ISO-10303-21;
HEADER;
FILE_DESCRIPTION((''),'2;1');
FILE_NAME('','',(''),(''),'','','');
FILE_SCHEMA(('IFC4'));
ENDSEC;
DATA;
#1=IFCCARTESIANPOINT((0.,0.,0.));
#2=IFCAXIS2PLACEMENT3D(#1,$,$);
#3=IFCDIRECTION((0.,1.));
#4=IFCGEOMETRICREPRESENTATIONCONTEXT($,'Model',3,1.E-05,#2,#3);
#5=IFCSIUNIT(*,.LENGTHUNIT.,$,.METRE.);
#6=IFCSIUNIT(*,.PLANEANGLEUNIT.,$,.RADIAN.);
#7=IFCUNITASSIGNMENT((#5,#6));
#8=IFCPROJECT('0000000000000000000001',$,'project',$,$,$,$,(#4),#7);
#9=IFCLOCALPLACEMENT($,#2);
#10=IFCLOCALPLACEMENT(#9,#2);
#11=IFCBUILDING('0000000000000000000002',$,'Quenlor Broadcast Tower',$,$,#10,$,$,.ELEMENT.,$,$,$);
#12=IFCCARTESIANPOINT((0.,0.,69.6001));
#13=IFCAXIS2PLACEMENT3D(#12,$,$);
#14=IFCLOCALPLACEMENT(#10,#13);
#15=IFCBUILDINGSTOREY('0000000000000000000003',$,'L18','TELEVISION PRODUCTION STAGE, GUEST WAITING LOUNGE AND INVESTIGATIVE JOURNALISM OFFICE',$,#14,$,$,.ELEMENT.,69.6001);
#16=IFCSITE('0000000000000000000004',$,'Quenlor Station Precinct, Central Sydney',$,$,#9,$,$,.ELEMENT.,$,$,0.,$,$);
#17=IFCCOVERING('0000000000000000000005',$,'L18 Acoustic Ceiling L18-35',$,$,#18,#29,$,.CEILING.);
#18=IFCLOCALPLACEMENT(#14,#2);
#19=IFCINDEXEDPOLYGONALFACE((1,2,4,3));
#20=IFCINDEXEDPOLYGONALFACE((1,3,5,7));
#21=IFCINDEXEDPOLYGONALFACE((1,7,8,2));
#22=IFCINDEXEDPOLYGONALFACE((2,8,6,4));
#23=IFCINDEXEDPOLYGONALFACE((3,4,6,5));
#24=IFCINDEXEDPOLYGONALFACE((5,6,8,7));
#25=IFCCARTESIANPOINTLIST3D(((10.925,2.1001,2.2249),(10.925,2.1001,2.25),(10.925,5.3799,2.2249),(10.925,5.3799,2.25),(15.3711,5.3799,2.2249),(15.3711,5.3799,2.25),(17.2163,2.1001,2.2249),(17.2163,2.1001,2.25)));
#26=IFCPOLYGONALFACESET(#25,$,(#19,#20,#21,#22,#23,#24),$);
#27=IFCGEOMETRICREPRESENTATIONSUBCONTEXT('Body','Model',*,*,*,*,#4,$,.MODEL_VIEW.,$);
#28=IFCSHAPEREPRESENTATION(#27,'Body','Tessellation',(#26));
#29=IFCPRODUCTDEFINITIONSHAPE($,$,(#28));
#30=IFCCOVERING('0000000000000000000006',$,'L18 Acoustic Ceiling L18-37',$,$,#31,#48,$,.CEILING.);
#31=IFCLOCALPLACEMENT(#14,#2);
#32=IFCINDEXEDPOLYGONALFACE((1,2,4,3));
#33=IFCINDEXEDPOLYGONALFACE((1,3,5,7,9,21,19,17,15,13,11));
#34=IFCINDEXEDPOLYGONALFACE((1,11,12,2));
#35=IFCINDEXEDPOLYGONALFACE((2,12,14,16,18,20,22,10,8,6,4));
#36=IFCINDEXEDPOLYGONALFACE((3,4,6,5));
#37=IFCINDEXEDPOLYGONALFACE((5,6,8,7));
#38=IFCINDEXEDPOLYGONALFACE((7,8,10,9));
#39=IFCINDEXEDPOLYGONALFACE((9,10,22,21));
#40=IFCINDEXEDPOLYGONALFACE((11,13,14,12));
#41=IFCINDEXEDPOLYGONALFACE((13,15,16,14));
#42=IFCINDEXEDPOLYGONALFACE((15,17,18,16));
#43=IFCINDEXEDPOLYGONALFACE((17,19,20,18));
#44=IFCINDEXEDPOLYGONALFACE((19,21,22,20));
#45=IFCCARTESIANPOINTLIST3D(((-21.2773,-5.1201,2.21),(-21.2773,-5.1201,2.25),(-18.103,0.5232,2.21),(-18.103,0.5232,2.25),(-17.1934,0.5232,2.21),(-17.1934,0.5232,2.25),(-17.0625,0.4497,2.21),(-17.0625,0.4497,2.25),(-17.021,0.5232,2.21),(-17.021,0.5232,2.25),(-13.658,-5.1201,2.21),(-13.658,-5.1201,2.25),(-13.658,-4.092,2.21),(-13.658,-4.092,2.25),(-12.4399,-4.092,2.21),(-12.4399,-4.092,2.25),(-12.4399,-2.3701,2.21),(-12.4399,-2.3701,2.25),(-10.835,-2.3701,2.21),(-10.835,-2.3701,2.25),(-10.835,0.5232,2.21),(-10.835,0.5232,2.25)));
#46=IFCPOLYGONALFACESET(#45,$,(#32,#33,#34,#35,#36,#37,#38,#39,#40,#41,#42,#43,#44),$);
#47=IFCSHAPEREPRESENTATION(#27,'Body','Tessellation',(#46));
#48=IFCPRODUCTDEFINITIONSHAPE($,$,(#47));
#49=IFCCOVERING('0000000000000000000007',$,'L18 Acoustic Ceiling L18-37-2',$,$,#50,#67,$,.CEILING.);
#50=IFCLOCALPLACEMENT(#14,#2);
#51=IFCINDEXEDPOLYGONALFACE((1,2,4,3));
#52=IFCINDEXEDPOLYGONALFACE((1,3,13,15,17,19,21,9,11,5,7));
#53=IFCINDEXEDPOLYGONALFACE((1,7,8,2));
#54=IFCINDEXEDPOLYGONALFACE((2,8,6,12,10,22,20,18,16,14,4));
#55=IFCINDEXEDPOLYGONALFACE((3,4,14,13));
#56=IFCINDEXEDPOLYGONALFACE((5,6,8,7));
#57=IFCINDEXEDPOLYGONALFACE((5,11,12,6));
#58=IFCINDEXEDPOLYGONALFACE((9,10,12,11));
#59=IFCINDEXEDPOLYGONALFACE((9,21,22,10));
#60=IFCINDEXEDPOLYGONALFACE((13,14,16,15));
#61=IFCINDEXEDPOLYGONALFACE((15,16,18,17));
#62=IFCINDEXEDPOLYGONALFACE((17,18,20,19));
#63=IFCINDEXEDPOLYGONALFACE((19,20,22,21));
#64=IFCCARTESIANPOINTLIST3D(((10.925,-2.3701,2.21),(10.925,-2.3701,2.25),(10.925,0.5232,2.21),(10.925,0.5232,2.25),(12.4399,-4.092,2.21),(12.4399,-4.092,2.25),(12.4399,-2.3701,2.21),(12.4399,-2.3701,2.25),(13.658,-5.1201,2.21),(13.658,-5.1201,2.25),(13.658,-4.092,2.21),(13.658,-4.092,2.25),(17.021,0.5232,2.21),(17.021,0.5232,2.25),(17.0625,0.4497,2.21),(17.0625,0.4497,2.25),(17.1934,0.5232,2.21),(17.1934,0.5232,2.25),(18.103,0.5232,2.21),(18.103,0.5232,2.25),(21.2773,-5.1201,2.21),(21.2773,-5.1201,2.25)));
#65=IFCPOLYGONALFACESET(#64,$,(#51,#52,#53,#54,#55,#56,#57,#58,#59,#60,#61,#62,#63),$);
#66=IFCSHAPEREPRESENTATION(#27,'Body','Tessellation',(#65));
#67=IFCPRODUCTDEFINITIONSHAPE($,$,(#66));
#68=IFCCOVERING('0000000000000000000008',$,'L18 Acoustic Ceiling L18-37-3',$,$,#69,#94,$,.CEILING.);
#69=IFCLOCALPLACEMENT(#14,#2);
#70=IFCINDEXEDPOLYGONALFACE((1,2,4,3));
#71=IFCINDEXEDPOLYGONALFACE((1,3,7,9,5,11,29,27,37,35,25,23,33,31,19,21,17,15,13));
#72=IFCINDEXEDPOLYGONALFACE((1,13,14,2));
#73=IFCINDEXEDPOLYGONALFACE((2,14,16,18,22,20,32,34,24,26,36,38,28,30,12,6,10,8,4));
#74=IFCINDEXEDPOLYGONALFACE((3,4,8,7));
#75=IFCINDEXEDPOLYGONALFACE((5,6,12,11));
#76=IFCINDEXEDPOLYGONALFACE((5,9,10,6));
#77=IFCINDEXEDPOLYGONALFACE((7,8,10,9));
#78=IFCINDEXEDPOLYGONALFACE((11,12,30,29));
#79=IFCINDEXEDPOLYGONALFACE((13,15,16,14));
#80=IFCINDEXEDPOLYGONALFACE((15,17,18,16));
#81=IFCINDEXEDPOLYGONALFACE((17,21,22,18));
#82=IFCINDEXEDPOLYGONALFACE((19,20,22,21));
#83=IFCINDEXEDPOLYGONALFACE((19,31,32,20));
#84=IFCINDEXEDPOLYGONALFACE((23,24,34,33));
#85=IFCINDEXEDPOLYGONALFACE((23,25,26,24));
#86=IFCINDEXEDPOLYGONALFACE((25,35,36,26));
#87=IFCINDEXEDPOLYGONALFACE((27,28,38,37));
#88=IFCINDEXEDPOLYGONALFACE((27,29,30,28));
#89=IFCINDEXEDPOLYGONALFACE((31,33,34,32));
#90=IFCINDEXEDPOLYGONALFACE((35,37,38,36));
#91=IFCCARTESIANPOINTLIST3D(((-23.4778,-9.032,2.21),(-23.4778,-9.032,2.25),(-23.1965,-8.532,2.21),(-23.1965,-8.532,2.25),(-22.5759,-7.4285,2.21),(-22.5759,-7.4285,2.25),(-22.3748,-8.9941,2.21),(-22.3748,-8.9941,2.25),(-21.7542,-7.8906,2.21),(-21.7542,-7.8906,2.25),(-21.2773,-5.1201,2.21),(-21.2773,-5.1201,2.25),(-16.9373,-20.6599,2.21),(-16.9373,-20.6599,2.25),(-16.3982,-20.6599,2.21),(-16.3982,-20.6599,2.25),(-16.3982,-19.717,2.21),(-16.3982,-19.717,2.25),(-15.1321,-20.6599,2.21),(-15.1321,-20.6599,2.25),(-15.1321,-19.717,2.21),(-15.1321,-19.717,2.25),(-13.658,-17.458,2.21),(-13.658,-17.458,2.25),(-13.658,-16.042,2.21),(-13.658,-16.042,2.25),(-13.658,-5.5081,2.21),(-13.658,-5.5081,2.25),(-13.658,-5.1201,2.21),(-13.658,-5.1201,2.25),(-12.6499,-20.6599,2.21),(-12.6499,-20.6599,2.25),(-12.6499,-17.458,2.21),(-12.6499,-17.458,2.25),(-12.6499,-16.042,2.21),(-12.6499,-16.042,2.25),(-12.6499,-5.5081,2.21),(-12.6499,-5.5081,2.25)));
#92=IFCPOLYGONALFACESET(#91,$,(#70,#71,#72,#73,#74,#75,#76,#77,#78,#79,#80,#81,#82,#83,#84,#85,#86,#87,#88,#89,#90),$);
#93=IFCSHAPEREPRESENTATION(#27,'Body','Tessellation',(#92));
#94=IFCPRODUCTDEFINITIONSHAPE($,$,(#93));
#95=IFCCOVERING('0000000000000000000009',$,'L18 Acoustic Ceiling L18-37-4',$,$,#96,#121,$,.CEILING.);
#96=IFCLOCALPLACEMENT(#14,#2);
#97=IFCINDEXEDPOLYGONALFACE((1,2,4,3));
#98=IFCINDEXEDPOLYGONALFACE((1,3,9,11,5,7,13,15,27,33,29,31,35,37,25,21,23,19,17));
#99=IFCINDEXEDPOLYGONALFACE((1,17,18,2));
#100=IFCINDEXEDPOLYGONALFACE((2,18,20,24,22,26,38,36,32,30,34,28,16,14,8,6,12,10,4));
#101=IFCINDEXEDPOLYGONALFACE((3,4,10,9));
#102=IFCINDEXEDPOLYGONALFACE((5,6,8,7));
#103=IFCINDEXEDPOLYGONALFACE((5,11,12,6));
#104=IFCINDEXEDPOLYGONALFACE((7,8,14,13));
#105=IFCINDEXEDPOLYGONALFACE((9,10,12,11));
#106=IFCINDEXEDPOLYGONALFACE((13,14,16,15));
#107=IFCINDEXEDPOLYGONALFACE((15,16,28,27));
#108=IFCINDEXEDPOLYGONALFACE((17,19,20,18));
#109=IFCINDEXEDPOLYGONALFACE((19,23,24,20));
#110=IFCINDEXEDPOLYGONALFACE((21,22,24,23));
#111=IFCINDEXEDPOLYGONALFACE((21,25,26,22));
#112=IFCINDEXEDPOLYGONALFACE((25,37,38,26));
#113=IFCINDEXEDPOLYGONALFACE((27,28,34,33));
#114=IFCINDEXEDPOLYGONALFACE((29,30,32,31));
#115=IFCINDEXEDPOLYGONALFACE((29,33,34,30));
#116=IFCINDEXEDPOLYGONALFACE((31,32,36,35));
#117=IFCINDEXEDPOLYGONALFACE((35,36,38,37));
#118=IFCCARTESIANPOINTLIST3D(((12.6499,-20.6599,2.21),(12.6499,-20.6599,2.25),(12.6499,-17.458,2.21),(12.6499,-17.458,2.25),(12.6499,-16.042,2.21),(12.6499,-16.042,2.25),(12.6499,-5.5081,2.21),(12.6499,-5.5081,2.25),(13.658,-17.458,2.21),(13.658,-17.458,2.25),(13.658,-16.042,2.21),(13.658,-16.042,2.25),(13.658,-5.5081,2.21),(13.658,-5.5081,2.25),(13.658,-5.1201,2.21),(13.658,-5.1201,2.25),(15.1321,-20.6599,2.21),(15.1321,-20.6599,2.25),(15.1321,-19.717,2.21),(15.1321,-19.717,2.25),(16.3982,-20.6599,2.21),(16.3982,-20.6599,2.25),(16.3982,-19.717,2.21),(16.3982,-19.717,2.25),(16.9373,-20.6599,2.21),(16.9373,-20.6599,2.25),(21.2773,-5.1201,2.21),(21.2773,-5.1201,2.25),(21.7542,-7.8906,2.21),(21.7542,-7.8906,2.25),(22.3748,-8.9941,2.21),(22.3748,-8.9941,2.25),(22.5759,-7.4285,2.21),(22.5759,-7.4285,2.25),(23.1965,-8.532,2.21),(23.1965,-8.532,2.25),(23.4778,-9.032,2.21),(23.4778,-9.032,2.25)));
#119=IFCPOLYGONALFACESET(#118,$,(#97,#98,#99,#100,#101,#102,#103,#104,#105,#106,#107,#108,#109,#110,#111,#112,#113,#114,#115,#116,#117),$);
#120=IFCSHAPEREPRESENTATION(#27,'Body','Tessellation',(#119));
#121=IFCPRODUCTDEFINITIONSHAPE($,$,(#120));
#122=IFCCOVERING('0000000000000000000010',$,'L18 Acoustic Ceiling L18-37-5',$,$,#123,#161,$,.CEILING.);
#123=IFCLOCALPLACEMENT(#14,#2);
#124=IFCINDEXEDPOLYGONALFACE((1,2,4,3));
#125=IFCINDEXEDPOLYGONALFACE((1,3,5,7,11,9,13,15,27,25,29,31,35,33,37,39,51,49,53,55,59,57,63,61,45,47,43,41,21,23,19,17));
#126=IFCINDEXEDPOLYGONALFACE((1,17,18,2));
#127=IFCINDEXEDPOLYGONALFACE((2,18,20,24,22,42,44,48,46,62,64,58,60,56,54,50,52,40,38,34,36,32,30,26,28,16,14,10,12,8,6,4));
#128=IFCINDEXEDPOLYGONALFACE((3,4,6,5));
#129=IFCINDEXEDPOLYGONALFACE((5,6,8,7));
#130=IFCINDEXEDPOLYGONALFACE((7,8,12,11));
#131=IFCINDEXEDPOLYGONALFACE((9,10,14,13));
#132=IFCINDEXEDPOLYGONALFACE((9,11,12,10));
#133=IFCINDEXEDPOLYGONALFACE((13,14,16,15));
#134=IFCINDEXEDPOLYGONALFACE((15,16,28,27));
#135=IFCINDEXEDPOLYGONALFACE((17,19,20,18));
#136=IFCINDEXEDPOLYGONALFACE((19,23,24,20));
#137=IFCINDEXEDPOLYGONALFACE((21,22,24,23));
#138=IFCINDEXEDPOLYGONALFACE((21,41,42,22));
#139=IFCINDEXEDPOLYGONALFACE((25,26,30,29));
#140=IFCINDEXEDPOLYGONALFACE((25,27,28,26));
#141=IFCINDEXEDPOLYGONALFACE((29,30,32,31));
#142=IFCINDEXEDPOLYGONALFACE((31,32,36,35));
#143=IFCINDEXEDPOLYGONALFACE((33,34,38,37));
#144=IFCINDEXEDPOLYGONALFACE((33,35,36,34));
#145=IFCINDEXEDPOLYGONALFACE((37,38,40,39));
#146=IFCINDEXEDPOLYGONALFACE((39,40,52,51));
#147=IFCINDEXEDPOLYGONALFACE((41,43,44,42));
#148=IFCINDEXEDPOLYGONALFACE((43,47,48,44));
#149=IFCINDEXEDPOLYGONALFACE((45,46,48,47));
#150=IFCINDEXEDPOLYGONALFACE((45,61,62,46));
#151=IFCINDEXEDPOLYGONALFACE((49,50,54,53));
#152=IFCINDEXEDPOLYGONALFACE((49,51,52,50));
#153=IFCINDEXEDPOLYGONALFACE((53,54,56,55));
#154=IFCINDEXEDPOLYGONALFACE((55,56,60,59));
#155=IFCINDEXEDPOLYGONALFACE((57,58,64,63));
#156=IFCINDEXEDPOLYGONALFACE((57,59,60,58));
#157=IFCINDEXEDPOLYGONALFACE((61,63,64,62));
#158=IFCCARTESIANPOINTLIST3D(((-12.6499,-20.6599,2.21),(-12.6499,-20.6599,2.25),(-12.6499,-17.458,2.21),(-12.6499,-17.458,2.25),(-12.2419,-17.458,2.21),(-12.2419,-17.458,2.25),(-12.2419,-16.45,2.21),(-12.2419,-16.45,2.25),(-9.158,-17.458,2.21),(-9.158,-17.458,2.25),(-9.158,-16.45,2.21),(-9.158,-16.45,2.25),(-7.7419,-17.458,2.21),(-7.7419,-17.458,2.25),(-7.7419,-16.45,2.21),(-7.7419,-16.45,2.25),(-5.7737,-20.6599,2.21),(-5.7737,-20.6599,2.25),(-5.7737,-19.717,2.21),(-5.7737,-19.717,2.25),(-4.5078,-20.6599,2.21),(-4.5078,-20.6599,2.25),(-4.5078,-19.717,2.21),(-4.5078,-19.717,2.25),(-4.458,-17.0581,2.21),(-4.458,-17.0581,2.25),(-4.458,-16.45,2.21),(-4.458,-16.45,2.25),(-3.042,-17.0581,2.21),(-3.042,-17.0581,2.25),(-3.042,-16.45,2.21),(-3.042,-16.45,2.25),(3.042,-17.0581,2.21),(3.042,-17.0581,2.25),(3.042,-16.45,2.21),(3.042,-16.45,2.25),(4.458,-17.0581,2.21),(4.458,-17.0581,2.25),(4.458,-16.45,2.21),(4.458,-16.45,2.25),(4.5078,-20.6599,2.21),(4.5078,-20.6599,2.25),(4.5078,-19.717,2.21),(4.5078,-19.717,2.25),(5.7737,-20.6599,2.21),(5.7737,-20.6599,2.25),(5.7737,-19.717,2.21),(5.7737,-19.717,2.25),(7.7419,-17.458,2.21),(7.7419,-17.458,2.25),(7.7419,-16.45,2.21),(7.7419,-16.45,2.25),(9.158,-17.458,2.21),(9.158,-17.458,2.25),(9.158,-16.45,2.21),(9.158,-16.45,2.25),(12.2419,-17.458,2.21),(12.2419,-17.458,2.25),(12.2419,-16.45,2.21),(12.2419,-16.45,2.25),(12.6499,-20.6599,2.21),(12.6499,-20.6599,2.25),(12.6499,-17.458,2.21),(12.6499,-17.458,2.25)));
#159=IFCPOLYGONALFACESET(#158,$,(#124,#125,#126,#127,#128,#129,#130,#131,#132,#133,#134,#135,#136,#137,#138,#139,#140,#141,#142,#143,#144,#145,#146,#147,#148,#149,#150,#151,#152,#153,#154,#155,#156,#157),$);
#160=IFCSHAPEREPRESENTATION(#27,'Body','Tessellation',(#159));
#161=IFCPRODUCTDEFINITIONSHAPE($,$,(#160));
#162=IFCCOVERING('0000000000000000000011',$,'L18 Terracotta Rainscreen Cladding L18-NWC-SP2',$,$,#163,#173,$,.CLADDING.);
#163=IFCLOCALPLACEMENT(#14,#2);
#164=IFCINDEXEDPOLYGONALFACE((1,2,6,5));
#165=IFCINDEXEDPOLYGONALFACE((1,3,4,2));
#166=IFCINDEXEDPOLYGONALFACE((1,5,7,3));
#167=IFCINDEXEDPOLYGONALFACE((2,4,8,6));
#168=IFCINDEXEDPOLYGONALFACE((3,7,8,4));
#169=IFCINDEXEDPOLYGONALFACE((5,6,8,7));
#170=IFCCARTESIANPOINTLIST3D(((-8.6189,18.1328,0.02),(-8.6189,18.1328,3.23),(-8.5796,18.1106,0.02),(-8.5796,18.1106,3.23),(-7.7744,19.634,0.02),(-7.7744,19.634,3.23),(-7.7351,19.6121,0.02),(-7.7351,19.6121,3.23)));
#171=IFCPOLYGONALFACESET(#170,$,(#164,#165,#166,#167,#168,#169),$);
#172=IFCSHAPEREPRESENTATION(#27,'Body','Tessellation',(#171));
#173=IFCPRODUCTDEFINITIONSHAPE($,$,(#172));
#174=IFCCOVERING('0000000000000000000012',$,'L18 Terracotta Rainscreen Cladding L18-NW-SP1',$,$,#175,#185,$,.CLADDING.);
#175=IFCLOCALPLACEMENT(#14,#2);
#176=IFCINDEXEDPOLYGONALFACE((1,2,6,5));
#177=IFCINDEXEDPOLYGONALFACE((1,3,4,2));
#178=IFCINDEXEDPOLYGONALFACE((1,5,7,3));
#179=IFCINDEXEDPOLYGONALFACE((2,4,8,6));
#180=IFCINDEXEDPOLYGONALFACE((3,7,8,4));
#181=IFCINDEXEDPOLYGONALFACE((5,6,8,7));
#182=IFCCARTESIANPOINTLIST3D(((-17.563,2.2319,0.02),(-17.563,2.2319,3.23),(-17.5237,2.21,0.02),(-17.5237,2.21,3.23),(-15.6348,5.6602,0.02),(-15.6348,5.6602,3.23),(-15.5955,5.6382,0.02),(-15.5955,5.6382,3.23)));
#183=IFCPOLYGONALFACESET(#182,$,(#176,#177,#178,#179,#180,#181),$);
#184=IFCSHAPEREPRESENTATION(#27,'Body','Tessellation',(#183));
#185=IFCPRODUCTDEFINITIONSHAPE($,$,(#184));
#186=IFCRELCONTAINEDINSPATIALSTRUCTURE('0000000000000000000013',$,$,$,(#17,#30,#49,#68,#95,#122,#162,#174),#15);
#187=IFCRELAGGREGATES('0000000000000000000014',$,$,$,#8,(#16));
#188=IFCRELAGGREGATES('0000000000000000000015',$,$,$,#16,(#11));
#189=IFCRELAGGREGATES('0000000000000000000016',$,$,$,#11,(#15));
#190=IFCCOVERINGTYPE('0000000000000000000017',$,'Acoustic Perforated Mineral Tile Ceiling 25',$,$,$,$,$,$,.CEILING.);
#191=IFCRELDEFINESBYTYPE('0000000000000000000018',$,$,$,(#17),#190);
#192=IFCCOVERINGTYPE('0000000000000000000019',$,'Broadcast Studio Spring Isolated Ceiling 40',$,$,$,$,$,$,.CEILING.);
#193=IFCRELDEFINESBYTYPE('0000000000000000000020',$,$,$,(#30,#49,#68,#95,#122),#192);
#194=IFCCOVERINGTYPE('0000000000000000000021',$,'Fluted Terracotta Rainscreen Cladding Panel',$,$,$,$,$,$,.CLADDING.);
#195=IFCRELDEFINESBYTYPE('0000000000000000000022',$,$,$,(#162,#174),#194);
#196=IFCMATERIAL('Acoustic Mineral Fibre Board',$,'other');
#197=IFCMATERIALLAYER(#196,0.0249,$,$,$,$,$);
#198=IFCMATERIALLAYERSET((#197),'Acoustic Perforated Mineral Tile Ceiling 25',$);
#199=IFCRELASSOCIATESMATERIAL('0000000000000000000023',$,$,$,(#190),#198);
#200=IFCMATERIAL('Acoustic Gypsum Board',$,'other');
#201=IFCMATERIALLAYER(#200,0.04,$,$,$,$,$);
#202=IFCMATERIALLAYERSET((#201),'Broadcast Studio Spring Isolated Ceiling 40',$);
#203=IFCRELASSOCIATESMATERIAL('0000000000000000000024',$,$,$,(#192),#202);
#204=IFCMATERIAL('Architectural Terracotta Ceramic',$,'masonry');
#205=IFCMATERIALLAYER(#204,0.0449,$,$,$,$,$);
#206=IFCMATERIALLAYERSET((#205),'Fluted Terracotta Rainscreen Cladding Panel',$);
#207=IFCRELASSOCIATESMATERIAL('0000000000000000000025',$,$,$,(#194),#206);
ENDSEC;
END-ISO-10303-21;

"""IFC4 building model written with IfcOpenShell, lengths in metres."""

from ifc_helpers import new_model, si_unit, direction, frame, origin, place, context, subcontext, project, spatial, polyline, outline, extrude, material, layer, layer_set, type_object, element, save


model = new_model("IFC4")

# Units and contexts
model_context = context("Model", 3, precision=1e-05, world=origin(), true_north=direction((0.0, 1.0)))
body_context = subcontext(model_context, "Body", "Model", "MODEL_VIEW")
ifc_project = project(units=[si_unit("LENGTHUNIT", "METRE"), si_unit("PLANEANGLEUNIT", "RADIAN")], contexts=[model_context])

# Site, building, storey
site_placement = place(None, origin())
site = spatial("IfcSite", under=ifc_project, at=site_placement, Name="Quenlor Station Precinct, Central Sydney", CompositionType="ELEMENT", RefElevation=0.0)
building_placement = place(site_placement, origin())
building = spatial("IfcBuilding", under=site, at=building_placement, Name="Quenlor Broadcast Tower", CompositionType="ELEMENT")
storey_placement = place(building_placement, frame((0.0, 0.0, 69.6001)))
storey = spatial("IfcBuildingStorey", under=building, at=storey_placement, Name="L18", Description="TELEVISION PRODUCTION STAGE, GUEST WAITING LOUNGE AND INVESTIGATIVE JOURNALISM OFFICE", CompositionType="ELEMENT", Elevation=69.6001)

# Coverings
ifc_material_1 = material(Name="Acoustic Mineral Fibre Board", Category="other")
ifc_layer_1 = layer(ifc_material_1, 0.0249)
ifc_layer_set_1 = layer_set([ifc_layer_1], Name="Acoustic Perforated Mineral Tile Ceiling 25")
covering_type_1 = type_object("IfcCoveringType", Name="Acoustic Perforated Mineral Tile Ceiling 25", PredefinedType="CEILING", material=ifc_layer_set_1)
covering_1_placement = place(storey_placement, frame((0.0, 0.0, 2.2249)))
element("IfcCovering", 1, at=covering_1_placement, inside=storey, type_object=covering_type_1, Name="L18 Acoustic Ceiling L18-35", PredefinedType="CEILING", context=body_context, shape_type="SweptSolid", body=[
    extrude(outline(polyline([(15.3711, 5.3799), (17.2163, 2.1001), (10.925, 2.1001), (10.925, 5.3799), (15.3711, 5.3799)])), origin(), (0.0, 0.0, 1.0), 0.0251),
])
ifc_material_2 = material(Name="Acoustic Gypsum Board", Category="other")
ifc_layer_2 = layer(ifc_material_2, 0.04)
ifc_layer_set_2 = layer_set([ifc_layer_2], Name="Broadcast Studio Spring Isolated Ceiling 40")
covering_type_2 = type_object("IfcCoveringType", Name="Broadcast Studio Spring Isolated Ceiling 40", PredefinedType="CEILING", material=ifc_layer_set_2)
covering_2_placement = place(storey_placement, frame((0.0, 0.0, 2.21)))
element("IfcCovering", 2, at=covering_2_placement, inside=storey, type_object=covering_type_2, Name="L18 Acoustic Ceiling L18-37", PredefinedType="CEILING", context=body_context, shape_type="SweptSolid", body=[
    extrude(outline(polyline([(-17.021, 0.5232), (-10.835, 0.5232), (-10.835, -2.3701), (-12.4399, -2.3701), (-12.4399, -4.092), (-13.658, -4.092), (-13.658, -5.1201), (-21.2773, -5.1201), (-18.103, 0.5232), (-17.1934, 0.5232), (-17.0625, 0.4497), (-17.021, 0.5232)])), origin(), (0.0, 0.0, 1.0), 0.04),
])
covering_3_placement = place(storey_placement, frame((0.0, 0.0, 2.21)))
element("IfcCovering", 3, at=covering_3_placement, inside=storey, type_object=covering_type_2, Name="L18 Acoustic Ceiling L18-37-2", PredefinedType="CEILING", context=body_context, shape_type="SweptSolid", body=[
    extrude(outline(polyline([(13.658, -4.092), (12.4399, -4.092), (12.4399, -2.3701), (10.925, -2.3701), (10.925, 0.5232), (17.021, 0.5232), (17.0625, 0.4497), (17.1934, 0.5232), (18.103, 0.5232), (21.2773, -5.1201), (13.658, -5.1201), (13.658, -4.092)])), origin(), (0.0, 0.0, 1.0), 0.04),
])
covering_4_placement = place(storey_placement, frame((0.0, 0.0, 2.21)))
element("IfcCovering", 4, at=covering_4_placement, inside=storey, type_object=covering_type_2, Name="L18 Acoustic Ceiling L18-37-3", PredefinedType="CEILING", context=body_context, shape_type="SweptSolid", body=[
    extrude(outline(polyline([(-13.658, -5.5081), (-12.6499, -5.5081), (-12.6499, -16.042), (-13.658, -16.042), (-13.658, -17.458), (-12.6499, -17.458), (-12.6499, -20.6599), (-15.1321, -20.6599), (-15.1321, -19.717), (-16.3982, -19.717), (-16.3982, -20.6599), (-16.9373, -20.6599), (-23.4778, -9.032), (-23.1965, -8.532), (-22.3748, -8.9941), (-21.7542, -7.8906), (-22.5759, -7.4285), (-21.2773, -5.1201), (-13.658, -5.1201), (-13.658, -5.5081)])), origin(), (0.0, 0.0, 1.0), 0.04),
])
covering_5_placement = place(storey_placement, frame((0.0, 0.0, 2.21)))
element("IfcCovering", 5, at=covering_5_placement, inside=storey, type_object=covering_type_2, Name="L18 Acoustic Ceiling L18-37-4", PredefinedType="CEILING", context=body_context, shape_type="SweptSolid", body=[
    extrude(outline(polyline([(13.658, -17.458), (13.658, -16.042), (12.6499, -16.042), (12.6499, -5.5081), (13.658, -5.5081), (13.658, -5.1201), (21.2773, -5.1201), (22.5759, -7.4285), (21.7542, -7.8906), (22.3748, -8.9941), (23.1965, -8.532), (23.4778, -9.032), (16.9373, -20.6599), (16.3982, -20.6599), (16.3982, -19.717), (15.1321, -19.717), (15.1321, -20.6599), (12.6499, -20.6599), (12.6499, -17.458), (13.658, -17.458)])), origin(), (0.0, 0.0, 1.0), 0.04),
])
covering_6_placement = place(storey_placement, frame((0.0, 0.0, 2.21)))
element("IfcCovering", 6, at=covering_6_placement, inside=storey, type_object=covering_type_2, Name="L18 Acoustic Ceiling L18-37-5", PredefinedType="CEILING", context=body_context, shape_type="SweptSolid", body=[
    extrude(outline(polyline([(-12.2419, -17.458), (-12.2419, -16.45), (-9.158, -16.45), (-9.158, -17.458), (-7.7419, -17.458), (-7.7419, -16.45), (-4.458, -16.45), (-4.458, -17.0581), (-3.042, -17.0581), (-3.042, -16.45), (3.042, -16.45), (3.042, -17.0581), (4.458, -17.0581), (4.458, -16.45), (7.7419, -16.45), (7.7419, -17.458), (9.158, -17.458), (9.158, -16.45), (12.2419, -16.45), (12.2419, -17.458), (12.6499, -17.458), (12.6499, -20.6599), (5.7737, -20.6599), (5.7737, -19.717), (4.5078, -19.717), (4.5078, -20.6599), (-4.5078, -20.6599), (-4.5078, -19.717), (-5.7737, -19.717), (-5.7737, -20.6599), (-12.6499, -20.6599), (-12.6499, -17.458), (-12.2419, -17.458)])), origin(), (0.0, 0.0, 1.0), 0.04),
])
ifc_material_3 = material(Name="Architectural Terracotta Ceramic", Category="masonry")
ifc_layer_3 = layer(ifc_material_3, 0.0449)
ifc_layer_set_3 = layer_set([ifc_layer_3], Name="Fluted Terracotta Rainscreen Cladding Panel")
covering_type_3 = type_object("IfcCoveringType", Name="Fluted Terracotta Rainscreen Cladding Panel", PredefinedType="CLADDING", material=ifc_layer_set_3)
covering_7_placement = place(storey_placement, frame((0.0, 0.0, 0.02)))
element("IfcCovering", 7, at=covering_7_placement, inside=storey, type_object=covering_type_3, Name="L18 Terracotta Rainscreen Cladding L18-NWC-SP2", PredefinedType="CLADDING", context=body_context, shape_type="SweptSolid", body=[
    extrude(outline(polyline([(-8.5796, 18.1106), (-7.7351, 19.6121), (-7.7744, 19.634), (-8.6189, 18.1328), (-8.5796, 18.1106)])), origin(), (0.0, 0.0, 1.0), 3.21),
])
covering_8_placement = place(storey_placement, frame((0.0, 0.0, 0.02)))
element("IfcCovering", 8, at=covering_8_placement, inside=storey, type_object=covering_type_3, Name="L18 Terracotta Rainscreen Cladding L18-NW-SP1", PredefinedType="CLADDING", context=body_context, shape_type="SweptSolid", body=[
    extrude(outline(polyline([(-17.5237, 2.21), (-15.5955, 5.6382), (-15.6348, 5.6602), (-17.563, 2.2319), (-17.5237, 2.21)])), origin(), (0.0, 0.0, 1.0), 3.21),
])

save(model, "model.ifc")
